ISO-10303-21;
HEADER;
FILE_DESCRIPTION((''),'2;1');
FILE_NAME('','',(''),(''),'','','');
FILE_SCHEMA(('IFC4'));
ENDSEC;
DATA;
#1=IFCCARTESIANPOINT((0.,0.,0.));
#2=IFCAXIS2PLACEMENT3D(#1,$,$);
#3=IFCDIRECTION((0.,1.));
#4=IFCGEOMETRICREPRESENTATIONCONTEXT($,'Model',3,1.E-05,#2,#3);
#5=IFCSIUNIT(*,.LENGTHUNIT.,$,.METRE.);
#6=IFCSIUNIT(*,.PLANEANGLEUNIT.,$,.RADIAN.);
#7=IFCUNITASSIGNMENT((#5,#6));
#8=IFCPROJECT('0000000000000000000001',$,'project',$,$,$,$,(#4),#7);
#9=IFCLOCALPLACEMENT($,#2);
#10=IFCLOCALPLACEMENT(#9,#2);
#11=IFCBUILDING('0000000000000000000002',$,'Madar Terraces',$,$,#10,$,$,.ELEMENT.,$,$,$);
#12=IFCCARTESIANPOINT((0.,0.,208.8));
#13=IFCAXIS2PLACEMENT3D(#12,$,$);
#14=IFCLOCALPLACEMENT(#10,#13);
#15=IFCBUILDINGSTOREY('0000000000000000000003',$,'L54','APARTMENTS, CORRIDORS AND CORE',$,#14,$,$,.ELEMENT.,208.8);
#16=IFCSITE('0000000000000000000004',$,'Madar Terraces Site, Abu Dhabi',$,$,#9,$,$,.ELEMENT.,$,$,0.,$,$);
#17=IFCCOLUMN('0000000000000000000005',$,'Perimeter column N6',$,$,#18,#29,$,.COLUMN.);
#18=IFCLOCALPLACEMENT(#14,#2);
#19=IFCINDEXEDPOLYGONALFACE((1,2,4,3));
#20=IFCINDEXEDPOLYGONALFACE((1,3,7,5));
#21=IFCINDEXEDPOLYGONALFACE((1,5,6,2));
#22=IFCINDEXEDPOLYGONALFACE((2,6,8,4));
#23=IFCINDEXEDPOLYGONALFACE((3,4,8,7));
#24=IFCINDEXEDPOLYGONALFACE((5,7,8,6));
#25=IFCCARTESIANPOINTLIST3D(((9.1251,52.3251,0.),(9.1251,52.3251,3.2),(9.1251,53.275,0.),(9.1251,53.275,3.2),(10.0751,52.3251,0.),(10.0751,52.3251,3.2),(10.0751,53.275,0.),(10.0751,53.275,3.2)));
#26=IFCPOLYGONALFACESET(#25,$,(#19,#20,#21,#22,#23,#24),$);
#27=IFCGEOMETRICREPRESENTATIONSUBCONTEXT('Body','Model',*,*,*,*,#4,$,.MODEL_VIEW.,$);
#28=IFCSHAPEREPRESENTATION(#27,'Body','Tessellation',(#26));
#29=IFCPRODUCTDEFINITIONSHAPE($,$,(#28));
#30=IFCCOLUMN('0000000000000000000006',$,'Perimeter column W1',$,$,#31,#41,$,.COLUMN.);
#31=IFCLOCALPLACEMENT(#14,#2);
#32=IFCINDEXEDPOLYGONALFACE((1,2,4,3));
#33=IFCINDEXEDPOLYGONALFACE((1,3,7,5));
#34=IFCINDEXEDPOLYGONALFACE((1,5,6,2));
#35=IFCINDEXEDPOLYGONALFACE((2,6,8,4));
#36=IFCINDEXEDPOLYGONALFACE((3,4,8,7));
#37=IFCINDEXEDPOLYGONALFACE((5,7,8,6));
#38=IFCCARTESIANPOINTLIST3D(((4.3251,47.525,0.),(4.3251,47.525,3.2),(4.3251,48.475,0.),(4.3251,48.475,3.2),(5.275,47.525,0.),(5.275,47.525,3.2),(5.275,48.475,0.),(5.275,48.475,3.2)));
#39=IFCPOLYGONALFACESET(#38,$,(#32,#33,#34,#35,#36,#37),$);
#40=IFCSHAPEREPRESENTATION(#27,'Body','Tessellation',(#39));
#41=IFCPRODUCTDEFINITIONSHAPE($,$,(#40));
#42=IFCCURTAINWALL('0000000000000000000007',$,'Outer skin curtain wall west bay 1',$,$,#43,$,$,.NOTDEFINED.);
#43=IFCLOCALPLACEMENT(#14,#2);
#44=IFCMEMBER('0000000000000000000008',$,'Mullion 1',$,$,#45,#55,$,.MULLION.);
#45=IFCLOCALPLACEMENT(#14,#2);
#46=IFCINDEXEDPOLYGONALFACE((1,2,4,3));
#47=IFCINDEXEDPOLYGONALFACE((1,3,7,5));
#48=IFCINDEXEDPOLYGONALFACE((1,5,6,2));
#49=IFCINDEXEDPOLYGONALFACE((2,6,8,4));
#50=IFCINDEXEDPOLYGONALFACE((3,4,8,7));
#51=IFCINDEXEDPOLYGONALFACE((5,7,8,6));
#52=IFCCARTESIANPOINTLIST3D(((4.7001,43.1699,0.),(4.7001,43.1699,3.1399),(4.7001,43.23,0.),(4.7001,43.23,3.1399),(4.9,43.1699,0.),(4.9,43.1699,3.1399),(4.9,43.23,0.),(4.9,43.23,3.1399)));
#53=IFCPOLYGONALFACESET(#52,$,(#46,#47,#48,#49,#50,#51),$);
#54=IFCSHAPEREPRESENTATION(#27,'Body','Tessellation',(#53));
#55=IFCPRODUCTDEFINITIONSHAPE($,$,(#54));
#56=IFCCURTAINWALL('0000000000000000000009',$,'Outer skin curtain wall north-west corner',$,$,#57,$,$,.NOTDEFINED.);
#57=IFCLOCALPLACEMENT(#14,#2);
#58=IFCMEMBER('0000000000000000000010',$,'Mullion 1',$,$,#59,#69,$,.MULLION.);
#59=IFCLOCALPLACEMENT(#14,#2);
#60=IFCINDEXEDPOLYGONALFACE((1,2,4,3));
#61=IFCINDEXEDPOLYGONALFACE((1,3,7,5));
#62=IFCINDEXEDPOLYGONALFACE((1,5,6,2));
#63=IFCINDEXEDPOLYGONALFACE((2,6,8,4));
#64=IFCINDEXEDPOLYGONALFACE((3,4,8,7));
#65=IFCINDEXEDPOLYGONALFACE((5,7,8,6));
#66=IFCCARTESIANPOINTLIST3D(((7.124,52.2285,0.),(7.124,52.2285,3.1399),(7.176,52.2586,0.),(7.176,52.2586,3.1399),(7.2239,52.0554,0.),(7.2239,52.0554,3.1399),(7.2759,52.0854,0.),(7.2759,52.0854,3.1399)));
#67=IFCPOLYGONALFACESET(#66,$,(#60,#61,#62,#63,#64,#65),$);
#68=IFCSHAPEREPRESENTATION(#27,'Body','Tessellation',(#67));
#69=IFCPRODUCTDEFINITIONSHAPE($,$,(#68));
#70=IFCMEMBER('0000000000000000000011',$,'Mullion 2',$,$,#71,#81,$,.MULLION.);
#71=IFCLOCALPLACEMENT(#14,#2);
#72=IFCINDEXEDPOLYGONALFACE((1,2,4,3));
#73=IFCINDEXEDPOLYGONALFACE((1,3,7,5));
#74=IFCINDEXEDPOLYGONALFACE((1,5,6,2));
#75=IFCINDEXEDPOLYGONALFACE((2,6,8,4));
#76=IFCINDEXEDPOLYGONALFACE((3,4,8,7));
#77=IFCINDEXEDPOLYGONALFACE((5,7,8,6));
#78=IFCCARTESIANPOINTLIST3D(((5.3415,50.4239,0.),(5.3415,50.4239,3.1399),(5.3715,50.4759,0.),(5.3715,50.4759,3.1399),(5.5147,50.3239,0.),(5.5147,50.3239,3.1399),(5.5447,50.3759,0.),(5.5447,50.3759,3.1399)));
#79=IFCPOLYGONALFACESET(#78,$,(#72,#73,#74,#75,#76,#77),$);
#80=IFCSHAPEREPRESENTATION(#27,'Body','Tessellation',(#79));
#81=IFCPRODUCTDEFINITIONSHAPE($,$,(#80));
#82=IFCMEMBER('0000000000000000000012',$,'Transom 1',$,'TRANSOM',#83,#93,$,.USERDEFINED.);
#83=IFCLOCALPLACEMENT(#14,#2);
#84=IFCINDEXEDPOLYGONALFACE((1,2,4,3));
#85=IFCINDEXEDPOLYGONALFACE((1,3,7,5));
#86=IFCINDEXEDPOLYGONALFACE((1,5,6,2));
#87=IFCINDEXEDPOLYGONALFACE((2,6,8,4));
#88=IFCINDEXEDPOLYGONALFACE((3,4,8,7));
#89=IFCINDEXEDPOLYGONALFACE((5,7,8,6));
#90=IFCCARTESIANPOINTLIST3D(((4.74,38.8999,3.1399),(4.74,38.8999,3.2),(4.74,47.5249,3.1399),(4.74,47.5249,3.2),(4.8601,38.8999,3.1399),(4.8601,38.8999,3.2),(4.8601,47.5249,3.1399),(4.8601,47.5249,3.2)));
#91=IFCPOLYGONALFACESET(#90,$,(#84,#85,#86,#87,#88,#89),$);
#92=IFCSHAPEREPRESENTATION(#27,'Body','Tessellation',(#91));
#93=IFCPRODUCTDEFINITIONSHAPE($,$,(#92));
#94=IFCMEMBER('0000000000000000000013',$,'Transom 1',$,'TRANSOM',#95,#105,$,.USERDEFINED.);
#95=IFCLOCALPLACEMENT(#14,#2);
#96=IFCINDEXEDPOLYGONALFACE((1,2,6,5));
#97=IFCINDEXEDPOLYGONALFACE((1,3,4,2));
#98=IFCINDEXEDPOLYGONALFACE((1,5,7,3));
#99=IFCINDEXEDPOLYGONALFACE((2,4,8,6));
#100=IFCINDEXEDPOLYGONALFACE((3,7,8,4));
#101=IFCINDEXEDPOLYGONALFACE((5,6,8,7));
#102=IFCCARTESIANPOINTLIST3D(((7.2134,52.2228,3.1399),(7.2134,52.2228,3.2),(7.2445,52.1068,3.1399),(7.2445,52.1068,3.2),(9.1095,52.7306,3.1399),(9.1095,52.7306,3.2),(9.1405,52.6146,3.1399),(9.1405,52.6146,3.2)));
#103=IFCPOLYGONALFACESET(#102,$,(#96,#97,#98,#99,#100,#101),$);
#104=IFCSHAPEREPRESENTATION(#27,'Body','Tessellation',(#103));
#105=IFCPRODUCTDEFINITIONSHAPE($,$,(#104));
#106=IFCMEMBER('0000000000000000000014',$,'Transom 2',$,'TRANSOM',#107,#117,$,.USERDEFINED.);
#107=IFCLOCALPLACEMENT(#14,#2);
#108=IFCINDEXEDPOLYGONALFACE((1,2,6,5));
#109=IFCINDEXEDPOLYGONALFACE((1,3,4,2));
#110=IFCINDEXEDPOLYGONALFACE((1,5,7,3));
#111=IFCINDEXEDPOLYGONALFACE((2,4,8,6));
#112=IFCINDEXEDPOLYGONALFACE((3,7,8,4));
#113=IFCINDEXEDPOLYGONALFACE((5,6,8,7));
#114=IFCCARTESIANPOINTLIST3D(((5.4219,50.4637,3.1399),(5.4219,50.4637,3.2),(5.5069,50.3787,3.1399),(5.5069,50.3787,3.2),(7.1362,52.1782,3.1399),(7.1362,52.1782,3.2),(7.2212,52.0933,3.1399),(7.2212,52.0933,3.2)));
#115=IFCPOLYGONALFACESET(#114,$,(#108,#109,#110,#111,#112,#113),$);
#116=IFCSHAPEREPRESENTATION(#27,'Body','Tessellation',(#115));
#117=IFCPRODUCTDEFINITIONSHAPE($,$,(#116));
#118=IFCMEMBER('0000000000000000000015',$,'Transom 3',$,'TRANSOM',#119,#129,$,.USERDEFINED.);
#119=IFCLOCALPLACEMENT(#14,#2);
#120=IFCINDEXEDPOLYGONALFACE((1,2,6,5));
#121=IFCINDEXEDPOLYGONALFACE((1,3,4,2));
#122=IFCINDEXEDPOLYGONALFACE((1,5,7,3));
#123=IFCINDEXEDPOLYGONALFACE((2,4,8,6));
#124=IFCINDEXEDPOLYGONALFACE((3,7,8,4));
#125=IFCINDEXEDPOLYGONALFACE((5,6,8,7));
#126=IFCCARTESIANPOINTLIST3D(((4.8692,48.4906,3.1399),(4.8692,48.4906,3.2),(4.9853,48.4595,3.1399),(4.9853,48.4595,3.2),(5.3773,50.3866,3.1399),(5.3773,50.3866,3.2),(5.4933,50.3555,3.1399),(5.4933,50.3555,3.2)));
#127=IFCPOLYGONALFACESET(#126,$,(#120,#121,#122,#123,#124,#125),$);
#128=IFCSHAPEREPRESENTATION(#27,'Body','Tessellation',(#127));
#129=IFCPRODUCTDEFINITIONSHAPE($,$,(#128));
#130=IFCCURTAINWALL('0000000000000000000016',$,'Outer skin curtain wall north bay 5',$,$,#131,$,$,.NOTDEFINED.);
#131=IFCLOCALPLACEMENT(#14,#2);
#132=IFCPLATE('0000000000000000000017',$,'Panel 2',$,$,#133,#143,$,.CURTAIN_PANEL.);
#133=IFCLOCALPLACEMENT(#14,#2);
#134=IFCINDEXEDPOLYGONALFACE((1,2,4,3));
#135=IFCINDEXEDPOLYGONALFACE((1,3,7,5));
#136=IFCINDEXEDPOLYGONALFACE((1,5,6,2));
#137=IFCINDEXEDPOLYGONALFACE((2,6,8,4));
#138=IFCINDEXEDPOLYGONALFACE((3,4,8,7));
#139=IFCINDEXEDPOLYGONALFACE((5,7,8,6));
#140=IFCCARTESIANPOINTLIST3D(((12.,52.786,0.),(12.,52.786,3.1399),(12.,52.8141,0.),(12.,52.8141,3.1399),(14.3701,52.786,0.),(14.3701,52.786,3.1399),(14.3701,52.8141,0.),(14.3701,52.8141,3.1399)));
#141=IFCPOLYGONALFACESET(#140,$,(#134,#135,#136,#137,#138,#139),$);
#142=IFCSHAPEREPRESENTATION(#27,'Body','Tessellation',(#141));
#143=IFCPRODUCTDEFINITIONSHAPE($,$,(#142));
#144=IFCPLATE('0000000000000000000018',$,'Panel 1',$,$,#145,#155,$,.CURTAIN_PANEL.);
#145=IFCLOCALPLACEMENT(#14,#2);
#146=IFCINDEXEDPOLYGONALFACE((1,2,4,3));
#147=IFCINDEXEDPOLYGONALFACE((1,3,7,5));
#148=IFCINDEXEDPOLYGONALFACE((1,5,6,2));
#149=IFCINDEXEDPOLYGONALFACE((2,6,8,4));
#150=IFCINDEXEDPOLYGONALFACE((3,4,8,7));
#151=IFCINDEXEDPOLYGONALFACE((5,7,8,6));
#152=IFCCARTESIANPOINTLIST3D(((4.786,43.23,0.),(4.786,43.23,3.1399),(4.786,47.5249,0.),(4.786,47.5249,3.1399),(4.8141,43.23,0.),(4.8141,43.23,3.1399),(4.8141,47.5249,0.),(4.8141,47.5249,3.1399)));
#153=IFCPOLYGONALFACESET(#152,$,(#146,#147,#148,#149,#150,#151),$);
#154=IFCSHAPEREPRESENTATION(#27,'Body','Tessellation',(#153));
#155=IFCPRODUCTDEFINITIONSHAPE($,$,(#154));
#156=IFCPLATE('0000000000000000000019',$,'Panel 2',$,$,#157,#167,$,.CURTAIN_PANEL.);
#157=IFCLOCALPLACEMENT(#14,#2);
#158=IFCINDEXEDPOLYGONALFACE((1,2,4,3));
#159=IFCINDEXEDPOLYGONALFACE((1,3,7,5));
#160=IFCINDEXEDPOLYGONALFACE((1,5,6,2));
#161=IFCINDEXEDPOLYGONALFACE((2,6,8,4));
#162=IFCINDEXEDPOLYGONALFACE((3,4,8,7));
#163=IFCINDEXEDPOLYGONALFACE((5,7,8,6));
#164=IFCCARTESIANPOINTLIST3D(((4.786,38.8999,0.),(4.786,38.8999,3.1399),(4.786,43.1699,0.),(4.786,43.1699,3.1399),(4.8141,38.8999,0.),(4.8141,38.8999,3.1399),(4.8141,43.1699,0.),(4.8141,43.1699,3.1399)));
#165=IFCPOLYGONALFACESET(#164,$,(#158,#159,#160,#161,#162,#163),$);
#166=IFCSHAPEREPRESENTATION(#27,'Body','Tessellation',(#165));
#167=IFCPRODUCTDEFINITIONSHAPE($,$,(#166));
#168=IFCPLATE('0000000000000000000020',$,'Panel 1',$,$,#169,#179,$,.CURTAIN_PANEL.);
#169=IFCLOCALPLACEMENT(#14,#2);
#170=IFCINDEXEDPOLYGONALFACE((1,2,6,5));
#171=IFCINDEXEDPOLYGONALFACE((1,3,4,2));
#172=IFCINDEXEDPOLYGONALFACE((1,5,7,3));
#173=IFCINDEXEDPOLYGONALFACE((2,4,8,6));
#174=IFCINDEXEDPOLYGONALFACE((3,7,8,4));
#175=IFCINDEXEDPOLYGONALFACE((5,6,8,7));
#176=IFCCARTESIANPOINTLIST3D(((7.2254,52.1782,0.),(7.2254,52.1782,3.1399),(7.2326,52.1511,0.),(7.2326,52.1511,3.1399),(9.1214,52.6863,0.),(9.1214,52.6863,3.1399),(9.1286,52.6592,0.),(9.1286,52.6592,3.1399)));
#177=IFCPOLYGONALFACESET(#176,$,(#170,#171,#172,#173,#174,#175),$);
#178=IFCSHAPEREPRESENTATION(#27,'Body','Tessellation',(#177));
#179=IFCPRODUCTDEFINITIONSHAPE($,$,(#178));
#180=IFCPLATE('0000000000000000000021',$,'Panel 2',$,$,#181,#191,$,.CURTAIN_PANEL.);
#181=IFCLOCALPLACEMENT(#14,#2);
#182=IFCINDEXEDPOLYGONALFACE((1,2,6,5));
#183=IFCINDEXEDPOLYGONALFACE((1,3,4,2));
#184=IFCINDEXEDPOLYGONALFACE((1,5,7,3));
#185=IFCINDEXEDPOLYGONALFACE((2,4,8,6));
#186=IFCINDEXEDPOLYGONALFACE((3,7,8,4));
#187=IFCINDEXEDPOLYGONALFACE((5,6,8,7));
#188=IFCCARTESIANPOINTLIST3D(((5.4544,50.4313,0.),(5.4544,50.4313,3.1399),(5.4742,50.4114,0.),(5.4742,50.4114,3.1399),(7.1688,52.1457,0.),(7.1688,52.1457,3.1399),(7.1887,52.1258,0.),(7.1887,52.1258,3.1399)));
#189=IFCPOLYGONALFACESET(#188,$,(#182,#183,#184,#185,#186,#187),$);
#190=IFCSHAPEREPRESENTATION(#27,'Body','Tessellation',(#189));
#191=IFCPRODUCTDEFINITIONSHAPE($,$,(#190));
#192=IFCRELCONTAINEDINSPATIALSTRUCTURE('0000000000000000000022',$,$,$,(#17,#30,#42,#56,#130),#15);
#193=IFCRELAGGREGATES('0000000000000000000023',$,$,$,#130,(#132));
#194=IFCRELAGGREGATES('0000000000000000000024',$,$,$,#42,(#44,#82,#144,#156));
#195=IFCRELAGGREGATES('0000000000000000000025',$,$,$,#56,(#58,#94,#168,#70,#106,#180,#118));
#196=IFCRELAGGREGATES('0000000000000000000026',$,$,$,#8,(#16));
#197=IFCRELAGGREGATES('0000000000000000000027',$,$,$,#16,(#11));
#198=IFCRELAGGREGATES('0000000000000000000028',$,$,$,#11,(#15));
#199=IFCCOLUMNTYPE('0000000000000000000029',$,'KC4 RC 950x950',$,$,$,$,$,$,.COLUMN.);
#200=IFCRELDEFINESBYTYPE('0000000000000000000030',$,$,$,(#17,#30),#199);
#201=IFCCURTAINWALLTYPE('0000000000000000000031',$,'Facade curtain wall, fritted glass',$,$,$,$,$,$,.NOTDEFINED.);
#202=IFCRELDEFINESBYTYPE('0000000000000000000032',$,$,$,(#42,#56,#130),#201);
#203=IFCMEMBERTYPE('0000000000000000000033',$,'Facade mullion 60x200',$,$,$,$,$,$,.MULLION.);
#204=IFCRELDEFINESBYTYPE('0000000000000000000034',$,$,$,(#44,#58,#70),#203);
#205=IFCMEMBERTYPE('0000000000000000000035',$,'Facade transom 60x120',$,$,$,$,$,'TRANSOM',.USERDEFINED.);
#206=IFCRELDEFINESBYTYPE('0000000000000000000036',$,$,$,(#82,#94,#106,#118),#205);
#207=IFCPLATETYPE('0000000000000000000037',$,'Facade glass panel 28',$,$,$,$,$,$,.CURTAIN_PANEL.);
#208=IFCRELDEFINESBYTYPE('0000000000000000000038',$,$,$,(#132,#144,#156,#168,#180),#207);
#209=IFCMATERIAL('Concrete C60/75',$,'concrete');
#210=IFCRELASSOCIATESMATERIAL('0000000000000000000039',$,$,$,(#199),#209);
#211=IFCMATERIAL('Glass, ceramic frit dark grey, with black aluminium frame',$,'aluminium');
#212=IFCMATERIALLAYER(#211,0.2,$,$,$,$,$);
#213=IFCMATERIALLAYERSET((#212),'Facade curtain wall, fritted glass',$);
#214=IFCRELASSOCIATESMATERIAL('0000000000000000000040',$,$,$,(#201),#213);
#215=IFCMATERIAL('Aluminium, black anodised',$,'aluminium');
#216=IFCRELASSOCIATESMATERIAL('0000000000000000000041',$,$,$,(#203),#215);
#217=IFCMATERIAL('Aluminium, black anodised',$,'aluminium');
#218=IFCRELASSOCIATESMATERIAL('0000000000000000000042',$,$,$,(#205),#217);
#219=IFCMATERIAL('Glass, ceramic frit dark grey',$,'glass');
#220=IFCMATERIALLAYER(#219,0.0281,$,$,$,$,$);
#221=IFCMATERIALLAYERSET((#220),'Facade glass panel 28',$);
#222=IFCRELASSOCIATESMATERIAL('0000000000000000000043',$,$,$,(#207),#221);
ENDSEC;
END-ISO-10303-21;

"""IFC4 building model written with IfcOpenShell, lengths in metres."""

from ifc_helpers import new_model, si_unit, direction, frame, origin, origin_2d, place, context, subcontext, project, spatial, rectangle, extrude, material, layer, layer_set, material_profile, profile_set, type_object, element, aggregate, save


model = new_model("IFC4")

# Units and contexts
model_context = context("Model", 3, precision=1e-05, world=origin(), true_north=direction((0.0, 1.0)))
body_context = subcontext(model_context, "Body", "Model", "MODEL_VIEW")
ifc_project = project(units=[si_unit("LENGTHUNIT", "METRE"), si_unit("PLANEANGLEUNIT", "RADIAN")], contexts=[model_context])

# Site, building, storey
site_placement = place(None, origin())
site = spatial("IfcSite", under=ifc_project, at=site_placement, Name="Madar Terraces Site, Abu Dhabi", CompositionType="ELEMENT", RefElevation=0.0)
building_placement = place(site_placement, origin())
building = spatial("IfcBuilding", under=site, at=building_placement, Name="Madar Terraces", CompositionType="ELEMENT")
storey_placement = place(building_placement, frame((0.0, 0.0, 208.8)))
storey = spatial("IfcBuildingStorey", under=building, at=storey_placement, Name="L54", Description="APARTMENTS, CORRIDORS AND CORE", CompositionType="ELEMENT", Elevation=208.8)

# Columns
ifc_material_1 = material(Name="Concrete C60/75", Category="concrete")
ifc_material_profile_1 = material_profile(ifc_material_1, rectangle(XDim=0.95, YDim=0.95, at=origin_2d()), Name="KC4 RC 950x950")
ifc_profile_set_1 = profile_set([ifc_material_profile_1], Name="Concrete C60/75")
column_type = type_object("IfcColumnType", Name="KC4 RC 950x950", PredefinedType="COLUMN", material=ifc_profile_set_1)
for number, where, z_axis, x_axis, name in (
    (1, (9.6001, 52.8, 0.0), (0.0, 0.0, 1.0), (1.0, 0.0, 0.0), "Perimeter column N6"),
    (2, (4.8, 48.0, 0.0), (0.0, 0.0, 1.0), (1.0, 0.0, 0.0), "Perimeter column W1"),
):
    element("IfcColumn", number, at=place(storey_placement, frame(where, z_axis=z_axis, x_axis=x_axis)), inside=storey, type_object=column_type, Name=name, PredefinedType="COLUMN", context=body_context, shape_type="SweptSolid", body=[
        extrude(rectangle(XDim=0.95, YDim=0.95, at=origin_2d()), origin(), (0.0, 0.0, 1.0), 3.2),
    ])

# Curtain wall, member
ifc_material_2 = material(Name="Glass, ceramic frit dark grey, with black aluminium frame", Category="aluminium")
ifc_layer_1 = layer(ifc_material_2, 0.2)
ifc_layer_set_1 = layer_set([ifc_layer_1], Name="Facade curtain wall, fritted glass")
curtain_wall_type = type_object("IfcCurtainWallType", Name="Facade curtain wall, fritted glass", PredefinedType="NOTDEFINED", material=ifc_layer_set_1)
curtain_wall_1_placement = place(storey_placement, origin())
curtain_wall_1 = element("IfcCurtainWall", 3, at=curtain_wall_1_placement, inside=storey, type_object=curtain_wall_type, Name="Outer skin curtain wall west bay 1", PredefinedType="NOTDEFINED")
ifc_material_3 = material(Name="Aluminium, black anodised", Category="aluminium")
ifc_material_profile_2 = material_profile(ifc_material_3, rectangle(XDim=0.2, YDim=0.0601, at=origin_2d()), Name="Facade mullion 60x200")
ifc_profile_set_2 = profile_set([ifc_material_profile_2], Name="Aluminium, black anodised")
member_type_1 = type_object("IfcMemberType", Name="Facade mullion 60x200", PredefinedType="MULLION", material=ifc_profile_set_2)
member_1_placement = place(storey_placement, frame((4.8, 43.2, 0.0), z_axis=(0.0, 0.0, 1.0), x_axis=(1.0, 0.0, 0.0)))
member_1 = element("IfcMember", 4, at=member_1_placement, type_object=member_type_1, Name="Mullion 1", PredefinedType="MULLION", context=body_context, shape_type="SweptSolid", body=[
    extrude(rectangle(XDim=0.2, YDim=0.0601, at=origin_2d()), origin(), (0.0, 0.0, 1.0), 3.1399),
])

# Curtain wall, members
curtain_wall_2_placement = place(storey_placement, origin())
curtain_wall_2 = element("IfcCurtainWall", 5, at=curtain_wall_2_placement, inside=storey, type_object=curtain_wall_type, Name="Outer skin curtain wall north-west corner", PredefinedType="NOTDEFINED")
member_2_placement = place(storey_placement, frame((7.2, 52.157, 0.0), z_axis=(0.0, 0.0, 1.0), x_axis=(0.5, -0.866025, 0.0)))
member_2 = element("IfcMember", 6, at=member_2_placement, type_object=member_type_1, Name="Mullion 1", PredefinedType="MULLION", context=body_context, shape_type="SweptSolid", body=[
    extrude(rectangle(XDim=0.2, YDim=0.0601, at=origin_2d()), origin(), (0.0, 0.0, 1.0), 3.1399),
])
member_3_placement = place(storey_placement, frame((5.4431, 50.3999, 0.0), z_axis=(0.0, 0.0, 1.0), x_axis=(0.866025, -0.5, 0.0)))
member_3 = element("IfcMember", 7, at=member_3_placement, type_object=member_type_1, Name="Mullion 2", PredefinedType="MULLION", context=body_context, shape_type="SweptSolid", body=[
    extrude(rectangle(XDim=0.2, YDim=0.0601, at=origin_2d()), origin(), (0.0, 0.0, 1.0), 3.1399),
])

# Members
ifc_material_4 = material(Name="Aluminium, black anodised", Category="aluminium")
ifc_material_profile_3 = material_profile(ifc_material_4, rectangle(XDim=0.1201, YDim=0.0601, at=origin_2d()), Name="Facade transom 60x120")
ifc_profile_set_3 = profile_set([ifc_material_profile_3], Name="Aluminium, black anodised")
member_type_2 = type_object("IfcMemberType", Name="Facade transom 60x120", ElementType="TRANSOM", PredefinedType="USERDEFINED", material=ifc_profile_set_3)
member_4_placement = place(storey_placement, frame((4.8, 47.5249, 3.1699), z_axis=(0.0, -1.0, 0.0), x_axis=(1.0, 0.0, 0.0)))
member_4 = element("IfcMember", 8, at=member_4_placement, type_object=member_type_2, Name="Transom 1", ObjectType="TRANSOM", PredefinedType="USERDEFINED", context=body_context, shape_type="SweptSolid", body=[
    extrude(rectangle(XDim=0.1201, YDim=0.0601, at=origin_2d()), origin(), (0.0, 0.0, 1.0), 8.625),
])
member_5_placement = place(storey_placement, frame((9.125, 52.6726, 3.1699), z_axis=(-0.965954, -0.258715, 0.0), x_axis=(0.258715, -0.965954, 0.0)))
member_5 = element("IfcMember", 9, at=member_5_placement, type_object=member_type_2, Name="Transom 1", ObjectType="TRANSOM", PredefinedType="USERDEFINED", context=body_context, shape_type="SweptSolid", body=[
    extrude(rectangle(XDim=0.1201, YDim=0.0601, at=origin_2d()), origin(), (0.0, 0.0, 1.0), 1.9629),
])
member_6_placement = place(storey_placement, frame((7.1787, 52.1357, 3.1699), z_axis=(-0.707056, -0.707157, 0.0), x_axis=(0.707157, -0.707056, 0.0)))
member_6 = element("IfcMember", 10, at=member_6_placement, type_object=member_type_2, Name="Transom 2", ObjectType="TRANSOM", PredefinedType="USERDEFINED", context=body_context, shape_type="SweptSolid", body=[
    extrude(rectangle(XDim=0.1201, YDim=0.0601, at=origin_2d()), origin(), (0.0, 0.0, 1.0), 2.4246),
])
member_7_placement = place(storey_placement, frame((5.4353, 50.3711, 3.1699), z_axis=(-0.258831, -0.965923, 0.0), x_axis=(0.965923, -0.258831, 0.0)))
member_7 = element("IfcMember", 11, at=member_7_placement, type_object=member_type_2, Name="Transom 3", ObjectType="TRANSOM", PredefinedType="USERDEFINED", context=body_context, shape_type="SweptSolid", body=[
    extrude(rectangle(XDim=0.1201, YDim=0.0601, at=origin_2d()), origin(), (0.0, 0.0, 1.0), 1.9629),
])

# Curtain wall, plate
curtain_wall_3_placement = place(storey_placement, origin())
curtain_wall_3 = element("IfcCurtainWall", 12, at=curtain_wall_3_placement, inside=storey, type_object=curtain_wall_type, Name="Outer skin curtain wall north bay 5", PredefinedType="NOTDEFINED")
ifc_material_5 = material(Name="Glass, ceramic frit dark grey", Category="glass")
ifc_layer_2 = layer(ifc_material_5, 0.0281)
ifc_layer_set_2 = layer_set([ifc_layer_2], Name="Facade glass panel 28")
plate_type = type_object("IfcPlateType", Name="Facade glass panel 28", PredefinedType="CURTAIN_PANEL", material=ifc_layer_set_2)
plate_1_placement = place(storey_placement, frame((13.1851, 52.8, 0.0), z_axis=(0.0, 0.0, 1.0), x_axis=(-1.0, 0.0, 0.0)))
plate_1 = element("IfcPlate", 13, at=plate_1_placement, type_object=plate_type, Name="Panel 2", PredefinedType="CURTAIN_PANEL", context=body_context, shape_type="SweptSolid", body=[
    extrude(rectangle(XDim=2.3701, YDim=0.0281, at=origin_2d()), origin(), (0.0, 0.0, 1.0), 3.1399),
])
aggregate(curtain_wall_3, [plate_1])

# Plates
plate_2_placement = place(storey_placement, frame((4.8, 45.3774, 0.0), z_axis=(0.0, 0.0, 1.0), x_axis=(0.0, -1.0, 0.0)))
plate_2 = element("IfcPlate", 14, at=plate_2_placement, type_object=plate_type, Name="Panel 1", PredefinedType="CURTAIN_PANEL", context=body_context, shape_type="SweptSolid", body=[
    extrude(rectangle(XDim=4.2949, YDim=0.0281, at=origin_2d()), origin(), (0.0, 0.0, 1.0), 3.1399),
])
plate_3_placement = place(storey_placement, frame((4.8, 41.0349, 0.0), z_axis=(0.0, 0.0, 1.0), x_axis=(0.0, -1.0, 0.0)))
plate_3 = element("IfcPlate", 15, at=plate_3_placement, type_object=plate_type, Name="Panel 2", PredefinedType="CURTAIN_PANEL", context=body_context, shape_type="SweptSolid", body=[
    extrude(rectangle(XDim=4.27, YDim=0.0281, at=origin_2d()), origin(), (0.0, 0.0, 1.0), 3.1399),
])
aggregate(curtain_wall_1, [member_1, member_4, plate_2, plate_3])
plate_4_placement = place(storey_placement, frame((8.177, 52.4187, 0.0), z_axis=(0.0, 0.0, 1.0), x_axis=(-0.965926, -0.258819, 0.0)))
plate_4 = element("IfcPlate", 16, at=plate_4_placement, type_object=plate_type, Name="Panel 1", PredefinedType="CURTAIN_PANEL", context=body_context, shape_type="SweptSolid", body=[
    extrude(rectangle(XDim=1.9629, YDim=0.0281, at=origin_2d()), origin(), (0.0, 0.0, 1.0), 3.1399),
])
plate_5_placement = place(storey_placement, frame((6.3215, 51.2786, 0.0), z_axis=(0.0, 0.0, 1.0), x_axis=(-0.707107, -0.707107, 0.0)))
plate_5 = element("IfcPlate", 17, at=plate_5_placement, type_object=plate_type, Name="Panel 2", PredefinedType="CURTAIN_PANEL", context=body_context, shape_type="SweptSolid", body=[
    extrude(rectangle(XDim=2.4246, YDim=0.0281, at=origin_2d()), origin(), (0.0, 0.0, 1.0), 3.1399),
])
aggregate(curtain_wall_2, [member_2, member_5, plate_4, member_3, member_6, plate_5, member_7])

save(model, "model.ifc")
